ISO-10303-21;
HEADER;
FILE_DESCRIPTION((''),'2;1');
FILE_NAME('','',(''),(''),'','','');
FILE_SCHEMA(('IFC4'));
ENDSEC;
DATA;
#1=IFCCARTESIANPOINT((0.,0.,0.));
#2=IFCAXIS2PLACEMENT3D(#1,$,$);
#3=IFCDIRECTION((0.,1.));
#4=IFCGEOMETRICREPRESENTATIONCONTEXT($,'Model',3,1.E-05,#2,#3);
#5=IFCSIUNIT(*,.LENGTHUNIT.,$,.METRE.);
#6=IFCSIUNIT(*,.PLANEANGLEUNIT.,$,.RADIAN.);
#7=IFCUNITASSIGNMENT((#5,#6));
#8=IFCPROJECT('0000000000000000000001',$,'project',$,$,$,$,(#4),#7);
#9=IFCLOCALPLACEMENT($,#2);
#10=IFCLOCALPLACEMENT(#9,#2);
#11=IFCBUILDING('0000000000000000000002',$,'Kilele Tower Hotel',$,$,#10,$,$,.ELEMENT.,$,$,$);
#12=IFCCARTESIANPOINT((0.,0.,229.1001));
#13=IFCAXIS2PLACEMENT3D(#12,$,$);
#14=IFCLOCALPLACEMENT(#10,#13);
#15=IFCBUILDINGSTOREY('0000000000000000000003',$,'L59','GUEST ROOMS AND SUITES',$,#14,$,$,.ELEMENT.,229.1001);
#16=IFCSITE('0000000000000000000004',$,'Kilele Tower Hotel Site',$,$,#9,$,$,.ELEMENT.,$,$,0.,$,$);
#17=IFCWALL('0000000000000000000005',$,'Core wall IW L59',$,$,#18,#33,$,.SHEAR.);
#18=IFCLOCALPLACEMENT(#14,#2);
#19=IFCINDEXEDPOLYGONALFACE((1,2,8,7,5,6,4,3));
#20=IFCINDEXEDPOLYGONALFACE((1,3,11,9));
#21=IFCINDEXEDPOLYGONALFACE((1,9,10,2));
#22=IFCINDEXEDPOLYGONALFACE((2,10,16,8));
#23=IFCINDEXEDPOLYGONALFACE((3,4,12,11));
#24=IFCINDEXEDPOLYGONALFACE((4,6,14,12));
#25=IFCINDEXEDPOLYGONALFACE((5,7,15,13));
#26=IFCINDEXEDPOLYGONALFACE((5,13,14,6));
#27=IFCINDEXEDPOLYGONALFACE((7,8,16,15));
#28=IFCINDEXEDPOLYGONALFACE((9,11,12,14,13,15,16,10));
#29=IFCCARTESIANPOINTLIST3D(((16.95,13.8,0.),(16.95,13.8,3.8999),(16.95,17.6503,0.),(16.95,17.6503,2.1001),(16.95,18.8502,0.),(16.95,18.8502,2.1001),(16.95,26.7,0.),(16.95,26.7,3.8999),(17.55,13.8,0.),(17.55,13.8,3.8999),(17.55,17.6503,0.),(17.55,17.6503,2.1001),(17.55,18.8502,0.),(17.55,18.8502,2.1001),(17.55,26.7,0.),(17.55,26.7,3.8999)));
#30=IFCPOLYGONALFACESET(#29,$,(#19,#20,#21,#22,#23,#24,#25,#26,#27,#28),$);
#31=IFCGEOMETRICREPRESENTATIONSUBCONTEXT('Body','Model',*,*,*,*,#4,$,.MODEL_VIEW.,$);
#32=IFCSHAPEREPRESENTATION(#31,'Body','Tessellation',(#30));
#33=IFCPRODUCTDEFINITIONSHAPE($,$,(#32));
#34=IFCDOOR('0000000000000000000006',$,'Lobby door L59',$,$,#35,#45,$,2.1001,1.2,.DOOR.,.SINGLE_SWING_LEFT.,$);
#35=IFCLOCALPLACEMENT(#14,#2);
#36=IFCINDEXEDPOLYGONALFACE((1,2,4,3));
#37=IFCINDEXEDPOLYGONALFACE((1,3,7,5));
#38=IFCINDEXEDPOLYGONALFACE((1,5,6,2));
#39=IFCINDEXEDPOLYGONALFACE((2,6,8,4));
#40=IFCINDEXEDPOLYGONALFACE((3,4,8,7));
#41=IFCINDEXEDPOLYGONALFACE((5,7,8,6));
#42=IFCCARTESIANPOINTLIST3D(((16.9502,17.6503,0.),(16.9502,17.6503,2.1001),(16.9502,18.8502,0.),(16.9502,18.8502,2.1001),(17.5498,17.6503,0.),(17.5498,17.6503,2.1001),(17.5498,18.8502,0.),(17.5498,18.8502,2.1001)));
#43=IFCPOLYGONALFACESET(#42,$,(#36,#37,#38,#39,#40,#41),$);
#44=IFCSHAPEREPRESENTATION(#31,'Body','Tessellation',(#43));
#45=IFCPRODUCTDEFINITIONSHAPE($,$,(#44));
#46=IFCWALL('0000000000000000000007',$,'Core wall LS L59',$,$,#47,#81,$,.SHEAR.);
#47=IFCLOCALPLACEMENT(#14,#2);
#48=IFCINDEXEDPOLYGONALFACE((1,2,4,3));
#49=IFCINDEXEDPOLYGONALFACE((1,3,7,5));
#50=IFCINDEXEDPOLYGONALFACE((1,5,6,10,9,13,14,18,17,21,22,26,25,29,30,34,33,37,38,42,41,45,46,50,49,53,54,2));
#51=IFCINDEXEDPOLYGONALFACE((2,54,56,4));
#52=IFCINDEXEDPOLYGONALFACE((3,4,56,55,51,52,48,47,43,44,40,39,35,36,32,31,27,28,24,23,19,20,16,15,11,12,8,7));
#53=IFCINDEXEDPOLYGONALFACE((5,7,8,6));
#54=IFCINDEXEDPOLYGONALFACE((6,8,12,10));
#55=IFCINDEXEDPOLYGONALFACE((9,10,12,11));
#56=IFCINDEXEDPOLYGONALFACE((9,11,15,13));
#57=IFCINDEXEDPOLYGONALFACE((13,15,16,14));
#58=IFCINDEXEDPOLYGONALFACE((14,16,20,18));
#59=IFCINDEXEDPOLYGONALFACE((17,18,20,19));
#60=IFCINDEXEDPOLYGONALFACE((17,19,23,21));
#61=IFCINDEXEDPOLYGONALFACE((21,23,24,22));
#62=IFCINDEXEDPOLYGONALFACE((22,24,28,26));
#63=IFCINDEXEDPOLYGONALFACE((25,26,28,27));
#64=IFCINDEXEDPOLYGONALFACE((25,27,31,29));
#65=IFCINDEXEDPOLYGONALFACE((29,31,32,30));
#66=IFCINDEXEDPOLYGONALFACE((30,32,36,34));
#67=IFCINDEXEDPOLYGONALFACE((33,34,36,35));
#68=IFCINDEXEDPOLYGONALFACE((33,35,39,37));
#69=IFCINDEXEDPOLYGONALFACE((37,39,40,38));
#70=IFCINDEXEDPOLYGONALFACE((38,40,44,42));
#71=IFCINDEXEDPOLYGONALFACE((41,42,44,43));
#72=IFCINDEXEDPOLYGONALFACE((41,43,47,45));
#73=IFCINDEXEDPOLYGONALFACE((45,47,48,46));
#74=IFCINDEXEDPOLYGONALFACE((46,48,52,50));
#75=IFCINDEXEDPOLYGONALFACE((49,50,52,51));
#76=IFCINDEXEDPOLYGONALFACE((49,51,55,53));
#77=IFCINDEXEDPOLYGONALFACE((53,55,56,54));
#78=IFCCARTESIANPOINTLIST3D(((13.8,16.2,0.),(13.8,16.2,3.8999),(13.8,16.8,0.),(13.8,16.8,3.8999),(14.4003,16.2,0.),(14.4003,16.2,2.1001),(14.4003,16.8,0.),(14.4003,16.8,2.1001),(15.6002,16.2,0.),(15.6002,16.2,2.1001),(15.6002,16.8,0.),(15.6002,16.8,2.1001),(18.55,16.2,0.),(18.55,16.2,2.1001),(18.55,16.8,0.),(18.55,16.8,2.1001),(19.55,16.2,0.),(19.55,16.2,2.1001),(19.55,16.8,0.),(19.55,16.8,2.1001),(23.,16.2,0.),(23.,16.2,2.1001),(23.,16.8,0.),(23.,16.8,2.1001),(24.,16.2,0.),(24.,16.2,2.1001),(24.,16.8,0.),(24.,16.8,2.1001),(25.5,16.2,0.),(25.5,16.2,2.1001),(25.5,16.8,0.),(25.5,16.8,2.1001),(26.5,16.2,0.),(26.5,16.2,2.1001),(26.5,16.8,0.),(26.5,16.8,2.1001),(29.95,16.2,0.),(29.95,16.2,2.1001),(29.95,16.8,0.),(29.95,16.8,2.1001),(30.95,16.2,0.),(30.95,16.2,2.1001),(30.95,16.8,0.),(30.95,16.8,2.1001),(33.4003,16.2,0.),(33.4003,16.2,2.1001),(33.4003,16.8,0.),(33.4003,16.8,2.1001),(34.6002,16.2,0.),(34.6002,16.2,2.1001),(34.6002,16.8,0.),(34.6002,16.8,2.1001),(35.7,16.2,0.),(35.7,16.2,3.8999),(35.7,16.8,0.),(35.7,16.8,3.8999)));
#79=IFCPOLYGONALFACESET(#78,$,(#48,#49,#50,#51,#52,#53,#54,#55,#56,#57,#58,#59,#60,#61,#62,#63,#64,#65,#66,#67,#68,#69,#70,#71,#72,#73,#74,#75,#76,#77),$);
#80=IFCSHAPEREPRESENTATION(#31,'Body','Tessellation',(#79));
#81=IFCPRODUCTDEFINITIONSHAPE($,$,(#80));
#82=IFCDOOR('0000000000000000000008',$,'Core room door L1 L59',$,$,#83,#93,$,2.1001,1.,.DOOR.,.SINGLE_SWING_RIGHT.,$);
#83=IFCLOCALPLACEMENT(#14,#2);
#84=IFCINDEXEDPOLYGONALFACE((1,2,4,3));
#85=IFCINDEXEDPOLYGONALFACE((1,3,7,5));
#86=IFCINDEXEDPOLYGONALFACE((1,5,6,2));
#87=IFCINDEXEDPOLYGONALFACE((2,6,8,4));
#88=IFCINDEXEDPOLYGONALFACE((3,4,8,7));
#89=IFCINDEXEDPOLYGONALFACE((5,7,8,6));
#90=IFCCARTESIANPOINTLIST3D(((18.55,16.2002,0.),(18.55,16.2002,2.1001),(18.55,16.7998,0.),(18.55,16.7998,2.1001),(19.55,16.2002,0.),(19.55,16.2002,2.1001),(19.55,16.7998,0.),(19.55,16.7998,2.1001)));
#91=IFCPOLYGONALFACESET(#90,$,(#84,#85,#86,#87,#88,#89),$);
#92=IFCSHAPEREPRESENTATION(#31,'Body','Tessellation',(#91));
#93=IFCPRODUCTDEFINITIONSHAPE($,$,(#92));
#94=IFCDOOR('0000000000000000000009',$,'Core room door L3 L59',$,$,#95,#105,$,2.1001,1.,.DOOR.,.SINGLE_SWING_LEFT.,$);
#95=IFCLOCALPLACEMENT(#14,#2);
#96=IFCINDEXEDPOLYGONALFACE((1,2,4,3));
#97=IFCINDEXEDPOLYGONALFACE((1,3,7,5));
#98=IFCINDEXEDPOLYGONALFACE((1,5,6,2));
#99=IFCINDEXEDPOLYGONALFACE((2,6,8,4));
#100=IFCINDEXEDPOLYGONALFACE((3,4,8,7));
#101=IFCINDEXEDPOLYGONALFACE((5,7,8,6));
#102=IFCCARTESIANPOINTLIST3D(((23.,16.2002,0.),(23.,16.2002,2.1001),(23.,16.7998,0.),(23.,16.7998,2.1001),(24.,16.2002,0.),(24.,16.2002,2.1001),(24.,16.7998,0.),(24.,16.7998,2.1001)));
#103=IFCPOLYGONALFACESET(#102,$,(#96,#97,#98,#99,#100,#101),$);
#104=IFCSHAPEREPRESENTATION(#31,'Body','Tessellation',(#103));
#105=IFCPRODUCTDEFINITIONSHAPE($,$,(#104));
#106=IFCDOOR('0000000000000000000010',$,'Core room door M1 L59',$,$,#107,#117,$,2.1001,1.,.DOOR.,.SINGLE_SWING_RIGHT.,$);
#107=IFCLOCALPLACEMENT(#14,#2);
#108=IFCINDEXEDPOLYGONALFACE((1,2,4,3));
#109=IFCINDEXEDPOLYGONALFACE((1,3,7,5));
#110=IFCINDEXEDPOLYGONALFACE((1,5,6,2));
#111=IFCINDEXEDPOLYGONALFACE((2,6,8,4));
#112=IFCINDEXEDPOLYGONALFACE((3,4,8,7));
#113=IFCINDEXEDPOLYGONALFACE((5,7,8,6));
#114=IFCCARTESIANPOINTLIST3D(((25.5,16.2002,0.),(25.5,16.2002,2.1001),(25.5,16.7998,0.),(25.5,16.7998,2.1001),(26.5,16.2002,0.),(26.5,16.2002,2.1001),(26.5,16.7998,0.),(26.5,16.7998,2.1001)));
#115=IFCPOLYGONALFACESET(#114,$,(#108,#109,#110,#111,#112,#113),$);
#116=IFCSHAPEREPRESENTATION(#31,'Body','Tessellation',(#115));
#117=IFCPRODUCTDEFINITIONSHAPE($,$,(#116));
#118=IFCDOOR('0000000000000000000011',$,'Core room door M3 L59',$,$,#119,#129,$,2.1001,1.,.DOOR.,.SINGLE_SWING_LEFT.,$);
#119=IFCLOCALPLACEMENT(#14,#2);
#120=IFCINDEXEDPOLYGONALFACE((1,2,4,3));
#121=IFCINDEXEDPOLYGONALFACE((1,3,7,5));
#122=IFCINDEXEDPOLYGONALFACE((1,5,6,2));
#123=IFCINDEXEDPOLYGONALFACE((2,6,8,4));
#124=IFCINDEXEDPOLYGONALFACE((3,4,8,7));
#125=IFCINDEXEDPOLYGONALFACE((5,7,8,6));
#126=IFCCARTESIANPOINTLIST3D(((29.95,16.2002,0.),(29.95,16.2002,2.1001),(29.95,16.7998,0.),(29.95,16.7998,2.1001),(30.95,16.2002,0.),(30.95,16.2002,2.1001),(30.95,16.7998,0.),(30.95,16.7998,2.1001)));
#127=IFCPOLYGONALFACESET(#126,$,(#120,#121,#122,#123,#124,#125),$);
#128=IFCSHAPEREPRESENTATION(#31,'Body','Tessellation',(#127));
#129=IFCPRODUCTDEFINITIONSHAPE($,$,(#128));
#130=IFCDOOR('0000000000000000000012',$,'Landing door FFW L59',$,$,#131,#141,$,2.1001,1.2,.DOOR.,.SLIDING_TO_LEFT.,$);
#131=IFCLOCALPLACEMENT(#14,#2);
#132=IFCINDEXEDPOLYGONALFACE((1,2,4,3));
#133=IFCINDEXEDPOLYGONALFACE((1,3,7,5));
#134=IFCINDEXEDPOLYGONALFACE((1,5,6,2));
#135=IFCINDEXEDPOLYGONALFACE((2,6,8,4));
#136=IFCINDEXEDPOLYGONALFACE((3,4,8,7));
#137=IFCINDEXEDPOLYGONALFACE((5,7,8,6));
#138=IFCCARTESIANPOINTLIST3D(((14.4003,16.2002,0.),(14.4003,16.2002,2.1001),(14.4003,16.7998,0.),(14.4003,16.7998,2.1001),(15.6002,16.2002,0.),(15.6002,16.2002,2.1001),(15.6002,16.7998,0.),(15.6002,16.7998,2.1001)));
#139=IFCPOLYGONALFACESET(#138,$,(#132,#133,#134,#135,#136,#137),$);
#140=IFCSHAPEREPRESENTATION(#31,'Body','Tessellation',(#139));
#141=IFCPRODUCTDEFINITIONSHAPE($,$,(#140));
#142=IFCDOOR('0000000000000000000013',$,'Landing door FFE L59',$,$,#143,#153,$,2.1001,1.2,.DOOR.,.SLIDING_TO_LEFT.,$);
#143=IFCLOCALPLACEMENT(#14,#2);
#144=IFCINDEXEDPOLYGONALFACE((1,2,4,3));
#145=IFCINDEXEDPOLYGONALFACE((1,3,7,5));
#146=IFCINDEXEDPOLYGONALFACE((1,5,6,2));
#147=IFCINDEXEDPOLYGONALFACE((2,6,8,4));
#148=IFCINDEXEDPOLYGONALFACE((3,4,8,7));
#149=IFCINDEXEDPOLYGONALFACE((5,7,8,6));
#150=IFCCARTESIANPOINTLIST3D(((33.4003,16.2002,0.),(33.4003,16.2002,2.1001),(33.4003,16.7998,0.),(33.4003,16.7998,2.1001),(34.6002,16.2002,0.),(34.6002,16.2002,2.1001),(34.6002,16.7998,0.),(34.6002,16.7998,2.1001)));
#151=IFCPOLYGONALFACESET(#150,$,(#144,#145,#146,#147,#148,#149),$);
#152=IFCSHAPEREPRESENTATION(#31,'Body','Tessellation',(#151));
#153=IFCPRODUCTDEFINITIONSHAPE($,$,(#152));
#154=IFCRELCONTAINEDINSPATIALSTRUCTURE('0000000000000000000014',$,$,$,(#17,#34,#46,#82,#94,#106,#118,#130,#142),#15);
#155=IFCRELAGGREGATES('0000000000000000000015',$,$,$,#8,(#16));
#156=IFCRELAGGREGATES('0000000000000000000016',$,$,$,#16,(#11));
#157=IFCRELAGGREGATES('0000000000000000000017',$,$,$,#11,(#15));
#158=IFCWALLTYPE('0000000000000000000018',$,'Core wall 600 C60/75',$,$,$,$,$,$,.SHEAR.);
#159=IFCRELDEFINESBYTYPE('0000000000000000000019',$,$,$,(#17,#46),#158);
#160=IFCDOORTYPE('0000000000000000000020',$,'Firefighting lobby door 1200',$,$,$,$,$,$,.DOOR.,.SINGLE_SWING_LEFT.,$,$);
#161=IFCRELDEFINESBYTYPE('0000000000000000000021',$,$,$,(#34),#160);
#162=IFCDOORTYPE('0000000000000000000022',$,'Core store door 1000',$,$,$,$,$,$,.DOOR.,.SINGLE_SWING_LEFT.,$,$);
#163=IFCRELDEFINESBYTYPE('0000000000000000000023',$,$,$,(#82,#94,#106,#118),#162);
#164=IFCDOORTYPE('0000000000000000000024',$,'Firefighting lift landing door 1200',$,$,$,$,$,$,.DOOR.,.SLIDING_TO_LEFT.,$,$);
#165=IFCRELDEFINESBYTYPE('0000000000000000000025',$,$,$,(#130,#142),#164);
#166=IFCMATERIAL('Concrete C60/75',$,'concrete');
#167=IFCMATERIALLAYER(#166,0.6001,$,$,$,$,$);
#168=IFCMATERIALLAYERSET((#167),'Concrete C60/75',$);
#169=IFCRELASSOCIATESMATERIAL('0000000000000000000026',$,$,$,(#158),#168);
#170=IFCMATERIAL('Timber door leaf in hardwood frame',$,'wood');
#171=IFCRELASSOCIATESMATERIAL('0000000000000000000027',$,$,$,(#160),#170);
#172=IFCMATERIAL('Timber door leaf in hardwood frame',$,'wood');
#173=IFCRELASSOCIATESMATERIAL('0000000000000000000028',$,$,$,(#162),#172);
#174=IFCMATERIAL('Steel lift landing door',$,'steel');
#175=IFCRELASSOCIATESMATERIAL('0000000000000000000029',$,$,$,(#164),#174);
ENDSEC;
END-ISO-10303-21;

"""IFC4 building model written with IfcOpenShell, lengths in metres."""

from ifc_helpers import new_model, si_unit, direction, frame, frame_2d, origin, place, context, subcontext, project, spatial, rectangle, extrude, material, layer, layer_set, type_object, element, fill, save


model = new_model("IFC4")

# Units and contexts
model_context = context("Model", 3, precision=1e-05, world=origin(), true_north=direction((0.0, 1.0)))
body_context = subcontext(model_context, "Body", "Model", "MODEL_VIEW")
ifc_project = project(units=[si_unit("LENGTHUNIT", "METRE"), si_unit("PLANEANGLEUNIT", "RADIAN")], contexts=[model_context])

# Site, building, storey
site_placement = place(None, origin())
site = spatial("IfcSite", under=ifc_project, at=site_placement, Name="Kilele Tower Hotel Site", CompositionType="ELEMENT", RefElevation=0.0)
building_placement = place(site_placement, origin())
building = spatial("IfcBuilding", under=site, at=building_placement, Name="Kilele Tower Hotel", CompositionType="ELEMENT")
storey_placement = place(building_placement, frame((0.0, 0.0, 229.1001)))
storey = spatial("IfcBuildingStorey", under=building, at=storey_placement, Name="L59", Description="GUEST ROOMS AND SUITES", CompositionType="ELEMENT", Elevation=229.1001)

# Wall, opening, door
ifc_material_1 = material(Name="Concrete C60/75", Category="concrete")
ifc_layer_1 = layer(ifc_material_1, 0.6001)
ifc_layer_set_1 = layer_set([ifc_layer_1], Name="Concrete C60/75")
wall_type_1 = type_object("IfcWallType", Name="Core wall 600 C60/75", PredefinedType="SHEAR", material=ifc_layer_set_1)
wall_1_placement = place(storey_placement, frame((17.25, 13.8, 0.0), z_axis=(0.0, 0.0, 1.0), x_axis=(0.0, 1.0, 0.0)))
wall_1 = element("IfcWall", 1, at=wall_1_placement, inside=storey, type_object=wall_type_1, Name="Core wall IW L59", PredefinedType="SHEAR", context=body_context, shape_type="SweptSolid", body=[
    extrude(rectangle(XDim=12.8999, YDim=0.6001, at=frame_2d((6.45, 0.0))), origin(), (0.0, 0.0, 1.0), 3.8999),
])
opening_1_placement = place(wall_1_placement, frame((3.8501, 0.0, 0.0)))
opening_1 = element("IfcOpeningElement", 2, at=opening_1_placement, cuts=wall_1, PredefinedType="OPENING", context=body_context, shape_type="SweptSolid", body=[
    extrude(rectangle(XDim=1.2, YDim=2.1001, at=frame_2d((0.6001, 1.05))), frame((0.0, 0.3101, 0.0), z_axis=(0.0, -1.0, 0.0), x_axis=(1.0, 0.0, 0.0)), (0.0, 0.0, 1.0), 0.6201),
])
ifc_material_2 = material(Name="Timber door leaf in hardwood frame", Category="wood")
door_type_1 = type_object("IfcDoorType", Name="Firefighting lobby door 1200", OperationType="SINGLE_SWING_LEFT", PredefinedType="DOOR", material=ifc_material_2)
door_1_placement = place(opening_1_placement, origin())
door_1 = element("IfcDoor", 3, at=door_1_placement, inside=storey, type_object=door_type_1, Name="Lobby door L59", OperationType="SINGLE_SWING_LEFT", OverallHeight=2.1001, OverallWidth=1.2, PredefinedType="DOOR", context=body_context, shape_type="SweptSolid", body=[
    extrude(rectangle(XDim=1.2, YDim=2.1001, at=frame_2d((0.6001, 1.05))), frame((0.0, 0.2998, 0.0), z_axis=(0.0, -1.0, 0.0), x_axis=(1.0, 0.0, 0.0)), (0.0, 0.0, 1.0), 0.5996),
])
fill(opening_1, door_1)

# Wall, openings, doors
wall_2_placement = place(storey_placement, frame((13.8, 16.5, 0.0), z_axis=(0.0, 0.0, 1.0), x_axis=(1.0, 0.0, 0.0)))
wall_2 = element("IfcWall", 4, at=wall_2_placement, inside=storey, type_object=wall_type_1, Name="Core wall LS L59", PredefinedType="SHEAR", context=body_context, shape_type="SweptSolid", body=[
    extrude(rectangle(XDim=21.8999, YDim=0.6001, at=frame_2d((10.95, 0.0))), origin(), (0.0, 0.0, 1.0), 3.8999),
])
opening_2_placement = place(wall_2_placement, frame((5.75, 0.0, 0.0), z_axis=(0.0, 0.0, 1.0), x_axis=(-1.0, 0.0, 0.0)))
opening_2 = element("IfcOpeningElement", 5, at=opening_2_placement, cuts=wall_2, PredefinedType="OPENING", context=body_context, shape_type="SweptSolid", body=[
    extrude(rectangle(XDim=1.0, YDim=2.1001, at=frame_2d((0.5, 1.05))), frame((0.0, 0.3101, 0.0), z_axis=(0.0, -1.0, 0.0), x_axis=(1.0, 0.0, 0.0)), (0.0, 0.0, 1.0), 0.6201),
])
opening_3_placement = place(wall_2_placement, frame((10.2, 0.0, 0.0), z_axis=(0.0, 0.0, 1.0), x_axis=(-1.0, 0.0, 0.0)))
opening_3 = element("IfcOpeningElement", 6, at=opening_3_placement, cuts=wall_2, PredefinedType="OPENING", context=body_context, shape_type="SweptSolid", body=[
    extrude(rectangle(XDim=1.0, YDim=2.1001, at=frame_2d((0.5, 1.05))), frame((0.0, 0.3101, 0.0), z_axis=(0.0, -1.0, 0.0), x_axis=(1.0, 0.0, 0.0)), (0.0, 0.0, 1.0), 0.6201),
])
opening_4_placement = place(wall_2_placement, frame((12.7, 0.0, 0.0), z_axis=(0.0, 0.0, 1.0), x_axis=(-1.0, 0.0, 0.0)))
opening_4 = element("IfcOpeningElement", 7, at=opening_4_placement, cuts=wall_2, PredefinedType="OPENING", context=body_context, shape_type="SweptSolid", body=[
    extrude(rectangle(XDim=1.0, YDim=2.1001, at=frame_2d((0.5, 1.05))), frame((0.0, 0.3101, 0.0), z_axis=(0.0, -1.0, 0.0), x_axis=(1.0, 0.0, 0.0)), (0.0, 0.0, 1.0), 0.6201),
])
opening_5_placement = place(wall_2_placement, frame((17.1499, 0.0, 0.0), z_axis=(0.0, 0.0, 1.0), x_axis=(-1.0, 0.0, 0.0)))
opening_5 = element("IfcOpeningElement", 8, at=opening_5_placement, cuts=wall_2, PredefinedType="OPENING", context=body_context, shape_type="SweptSolid", body=[
    extrude(rectangle(XDim=1.0, YDim=2.1001, at=frame_2d((0.5, 1.05))), frame((0.0, 0.3101, 0.0), z_axis=(0.0, -1.0, 0.0), x_axis=(1.0, 0.0, 0.0)), (0.0, 0.0, 1.0), 0.6201),
])
opening_6_placement = place(wall_2_placement, frame((0.6001, 0.0, 0.0)))
opening_6 = element("IfcOpeningElement", 9, at=opening_6_placement, cuts=wall_2, PredefinedType="OPENING", context=body_context, shape_type="SweptSolid", body=[
    extrude(rectangle(XDim=1.2, YDim=2.1001, at=frame_2d((0.6001, 1.05))), frame((0.0, 0.3101, 0.0), z_axis=(0.0, -1.0, 0.0), x_axis=(1.0, 0.0, 0.0)), (0.0, 0.0, 1.0), 0.6201),
])
opening_7_placement = place(wall_2_placement, frame((19.6001, 0.0, 0.0)))
opening_7 = element("IfcOpeningElement", 10, at=opening_7_placement, cuts=wall_2, PredefinedType="OPENING", context=body_context, shape_type="SweptSolid", body=[
    extrude(rectangle(XDim=1.2, YDim=2.1001, at=frame_2d((0.6001, 1.05))), frame((0.0, 0.3101, 0.0), z_axis=(0.0, -1.0, 0.0), x_axis=(1.0, 0.0, 0.0)), (0.0, 0.0, 1.0), 0.6201),
])
ifc_material_3 = material(Name="Timber door leaf in hardwood frame", Category="wood")
door_type_2 = type_object("IfcDoorType", Name="Core store door 1000", OperationType="SINGLE_SWING_LEFT", PredefinedType="DOOR", material=ifc_material_3)
door_2_placement = place(opening_2_placement, origin())
door_2 = element("IfcDoor", 11, at=door_2_placement, inside=storey, type_object=door_type_2, Name="Core room door L1 L59", OperationType="SINGLE_SWING_RIGHT", OverallHeight=2.1001, OverallWidth=1.0, PredefinedType="DOOR", context=body_context, shape_type="SweptSolid", body=[
    extrude(rectangle(XDim=1.0, YDim=2.1001, at=frame_2d((0.5, 1.05))), frame((0.0, 0.2998, 0.0), z_axis=(0.0, -1.0, 0.0), x_axis=(1.0, 0.0, 0.0)), (0.0, 0.0, 1.0), 0.5996),
])
fill(opening_2, door_2)
door_3_placement = place(opening_3_placement, origin())
door_3 = element("IfcDoor", 12, at=door_3_placement, inside=storey, type_object=door_type_2, Name="Core room door L3 L59", OperationType="SINGLE_SWING_LEFT", OverallHeight=2.1001, OverallWidth=1.0, PredefinedType="DOOR", context=body_context, shape_type="SweptSolid", body=[
    extrude(rectangle(XDim=1.0, YDim=2.1001, at=frame_2d((0.5, 1.05))), frame((0.0, 0.2998, 0.0), z_axis=(0.0, -1.0, 0.0), x_axis=(1.0, 0.0, 0.0)), (0.0, 0.0, 1.0), 0.5996),
])
fill(opening_3, door_3)
door_4_placement = place(opening_4_placement, origin())
door_4 = element("IfcDoor", 13, at=door_4_placement, inside=storey, type_object=door_type_2, Name="Core room door M1 L59", OperationType="SINGLE_SWING_RIGHT", OverallHeight=2.1001, OverallWidth=1.0, PredefinedType="DOOR", context=body_context, shape_type="SweptSolid", body=[
    extrude(rectangle(XDim=1.0, YDim=2.1001, at=frame_2d((0.5, 1.05))), frame((0.0, 0.2998, 0.0), z_axis=(0.0, -1.0, 0.0), x_axis=(1.0, 0.0, 0.0)), (0.0, 0.0, 1.0), 0.5996),
])
fill(opening_4, door_4)
door_5_placement = place(opening_5_placement, origin())
door_5 = element("IfcDoor", 14, at=door_5_placement, inside=storey, type_object=door_type_2, Name="Core room door M3 L59", OperationType="SINGLE_SWING_LEFT", OverallHeight=2.1001, OverallWidth=1.0, PredefinedType="DOOR", context=body_context, shape_type="SweptSolid", body=[
    extrude(rectangle(XDim=1.0, YDim=2.1001, at=frame_2d((0.5, 1.05))), frame((0.0, 0.2998, 0.0), z_axis=(0.0, -1.0, 0.0), x_axis=(1.0, 0.0, 0.0)), (0.0, 0.0, 1.0), 0.5996),
])
fill(opening_5, door_5)
ifc_material_4 = material(Name="Steel lift landing door", Category="steel")
door_type_3 = type_object("IfcDoorType", Name="Firefighting lift landing door 1200", OperationType="SLIDING_TO_LEFT", PredefinedType="DOOR", material=ifc_material_4)
door_6_placement = place(opening_6_placement, origin())
door_6 = element("IfcDoor", 15, at=door_6_placement, inside=storey, type_object=door_type_3, Name="Landing door FFW L59", OperationType="SLIDING_TO_LEFT", OverallHeight=2.1001, OverallWidth=1.2, PredefinedType="DOOR", context=body_context, shape_type="SweptSolid", body=[
    extrude(rectangle(XDim=1.2, YDim=2.1001, at=frame_2d((0.6001, 1.05))), frame((0.0, 0.2998, 0.0), z_axis=(0.0, -1.0, 0.0), x_axis=(1.0, 0.0, 0.0)), (0.0, 0.0, 1.0), 0.5996),
])
fill(opening_6, door_6)
door_7_placement = place(opening_7_placement, origin())
door_7 = element("IfcDoor", 16, at=door_7_placement, inside=storey, type_object=door_type_3, Name="Landing door FFE L59", OperationType="SLIDING_TO_LEFT", OverallHeight=2.1001, OverallWidth=1.2, PredefinedType="DOOR", context=body_context, shape_type="SweptSolid", body=[
    extrude(rectangle(XDim=1.2, YDim=2.1001, at=frame_2d((0.6001, 1.05))), frame((0.0, 0.2998, 0.0), z_axis=(0.0, -1.0, 0.0), x_axis=(1.0, 0.0, 0.0)), (0.0, 0.0, 1.0), 0.5996),
])
fill(opening_7, door_7)

save(model, "model.ifc")
